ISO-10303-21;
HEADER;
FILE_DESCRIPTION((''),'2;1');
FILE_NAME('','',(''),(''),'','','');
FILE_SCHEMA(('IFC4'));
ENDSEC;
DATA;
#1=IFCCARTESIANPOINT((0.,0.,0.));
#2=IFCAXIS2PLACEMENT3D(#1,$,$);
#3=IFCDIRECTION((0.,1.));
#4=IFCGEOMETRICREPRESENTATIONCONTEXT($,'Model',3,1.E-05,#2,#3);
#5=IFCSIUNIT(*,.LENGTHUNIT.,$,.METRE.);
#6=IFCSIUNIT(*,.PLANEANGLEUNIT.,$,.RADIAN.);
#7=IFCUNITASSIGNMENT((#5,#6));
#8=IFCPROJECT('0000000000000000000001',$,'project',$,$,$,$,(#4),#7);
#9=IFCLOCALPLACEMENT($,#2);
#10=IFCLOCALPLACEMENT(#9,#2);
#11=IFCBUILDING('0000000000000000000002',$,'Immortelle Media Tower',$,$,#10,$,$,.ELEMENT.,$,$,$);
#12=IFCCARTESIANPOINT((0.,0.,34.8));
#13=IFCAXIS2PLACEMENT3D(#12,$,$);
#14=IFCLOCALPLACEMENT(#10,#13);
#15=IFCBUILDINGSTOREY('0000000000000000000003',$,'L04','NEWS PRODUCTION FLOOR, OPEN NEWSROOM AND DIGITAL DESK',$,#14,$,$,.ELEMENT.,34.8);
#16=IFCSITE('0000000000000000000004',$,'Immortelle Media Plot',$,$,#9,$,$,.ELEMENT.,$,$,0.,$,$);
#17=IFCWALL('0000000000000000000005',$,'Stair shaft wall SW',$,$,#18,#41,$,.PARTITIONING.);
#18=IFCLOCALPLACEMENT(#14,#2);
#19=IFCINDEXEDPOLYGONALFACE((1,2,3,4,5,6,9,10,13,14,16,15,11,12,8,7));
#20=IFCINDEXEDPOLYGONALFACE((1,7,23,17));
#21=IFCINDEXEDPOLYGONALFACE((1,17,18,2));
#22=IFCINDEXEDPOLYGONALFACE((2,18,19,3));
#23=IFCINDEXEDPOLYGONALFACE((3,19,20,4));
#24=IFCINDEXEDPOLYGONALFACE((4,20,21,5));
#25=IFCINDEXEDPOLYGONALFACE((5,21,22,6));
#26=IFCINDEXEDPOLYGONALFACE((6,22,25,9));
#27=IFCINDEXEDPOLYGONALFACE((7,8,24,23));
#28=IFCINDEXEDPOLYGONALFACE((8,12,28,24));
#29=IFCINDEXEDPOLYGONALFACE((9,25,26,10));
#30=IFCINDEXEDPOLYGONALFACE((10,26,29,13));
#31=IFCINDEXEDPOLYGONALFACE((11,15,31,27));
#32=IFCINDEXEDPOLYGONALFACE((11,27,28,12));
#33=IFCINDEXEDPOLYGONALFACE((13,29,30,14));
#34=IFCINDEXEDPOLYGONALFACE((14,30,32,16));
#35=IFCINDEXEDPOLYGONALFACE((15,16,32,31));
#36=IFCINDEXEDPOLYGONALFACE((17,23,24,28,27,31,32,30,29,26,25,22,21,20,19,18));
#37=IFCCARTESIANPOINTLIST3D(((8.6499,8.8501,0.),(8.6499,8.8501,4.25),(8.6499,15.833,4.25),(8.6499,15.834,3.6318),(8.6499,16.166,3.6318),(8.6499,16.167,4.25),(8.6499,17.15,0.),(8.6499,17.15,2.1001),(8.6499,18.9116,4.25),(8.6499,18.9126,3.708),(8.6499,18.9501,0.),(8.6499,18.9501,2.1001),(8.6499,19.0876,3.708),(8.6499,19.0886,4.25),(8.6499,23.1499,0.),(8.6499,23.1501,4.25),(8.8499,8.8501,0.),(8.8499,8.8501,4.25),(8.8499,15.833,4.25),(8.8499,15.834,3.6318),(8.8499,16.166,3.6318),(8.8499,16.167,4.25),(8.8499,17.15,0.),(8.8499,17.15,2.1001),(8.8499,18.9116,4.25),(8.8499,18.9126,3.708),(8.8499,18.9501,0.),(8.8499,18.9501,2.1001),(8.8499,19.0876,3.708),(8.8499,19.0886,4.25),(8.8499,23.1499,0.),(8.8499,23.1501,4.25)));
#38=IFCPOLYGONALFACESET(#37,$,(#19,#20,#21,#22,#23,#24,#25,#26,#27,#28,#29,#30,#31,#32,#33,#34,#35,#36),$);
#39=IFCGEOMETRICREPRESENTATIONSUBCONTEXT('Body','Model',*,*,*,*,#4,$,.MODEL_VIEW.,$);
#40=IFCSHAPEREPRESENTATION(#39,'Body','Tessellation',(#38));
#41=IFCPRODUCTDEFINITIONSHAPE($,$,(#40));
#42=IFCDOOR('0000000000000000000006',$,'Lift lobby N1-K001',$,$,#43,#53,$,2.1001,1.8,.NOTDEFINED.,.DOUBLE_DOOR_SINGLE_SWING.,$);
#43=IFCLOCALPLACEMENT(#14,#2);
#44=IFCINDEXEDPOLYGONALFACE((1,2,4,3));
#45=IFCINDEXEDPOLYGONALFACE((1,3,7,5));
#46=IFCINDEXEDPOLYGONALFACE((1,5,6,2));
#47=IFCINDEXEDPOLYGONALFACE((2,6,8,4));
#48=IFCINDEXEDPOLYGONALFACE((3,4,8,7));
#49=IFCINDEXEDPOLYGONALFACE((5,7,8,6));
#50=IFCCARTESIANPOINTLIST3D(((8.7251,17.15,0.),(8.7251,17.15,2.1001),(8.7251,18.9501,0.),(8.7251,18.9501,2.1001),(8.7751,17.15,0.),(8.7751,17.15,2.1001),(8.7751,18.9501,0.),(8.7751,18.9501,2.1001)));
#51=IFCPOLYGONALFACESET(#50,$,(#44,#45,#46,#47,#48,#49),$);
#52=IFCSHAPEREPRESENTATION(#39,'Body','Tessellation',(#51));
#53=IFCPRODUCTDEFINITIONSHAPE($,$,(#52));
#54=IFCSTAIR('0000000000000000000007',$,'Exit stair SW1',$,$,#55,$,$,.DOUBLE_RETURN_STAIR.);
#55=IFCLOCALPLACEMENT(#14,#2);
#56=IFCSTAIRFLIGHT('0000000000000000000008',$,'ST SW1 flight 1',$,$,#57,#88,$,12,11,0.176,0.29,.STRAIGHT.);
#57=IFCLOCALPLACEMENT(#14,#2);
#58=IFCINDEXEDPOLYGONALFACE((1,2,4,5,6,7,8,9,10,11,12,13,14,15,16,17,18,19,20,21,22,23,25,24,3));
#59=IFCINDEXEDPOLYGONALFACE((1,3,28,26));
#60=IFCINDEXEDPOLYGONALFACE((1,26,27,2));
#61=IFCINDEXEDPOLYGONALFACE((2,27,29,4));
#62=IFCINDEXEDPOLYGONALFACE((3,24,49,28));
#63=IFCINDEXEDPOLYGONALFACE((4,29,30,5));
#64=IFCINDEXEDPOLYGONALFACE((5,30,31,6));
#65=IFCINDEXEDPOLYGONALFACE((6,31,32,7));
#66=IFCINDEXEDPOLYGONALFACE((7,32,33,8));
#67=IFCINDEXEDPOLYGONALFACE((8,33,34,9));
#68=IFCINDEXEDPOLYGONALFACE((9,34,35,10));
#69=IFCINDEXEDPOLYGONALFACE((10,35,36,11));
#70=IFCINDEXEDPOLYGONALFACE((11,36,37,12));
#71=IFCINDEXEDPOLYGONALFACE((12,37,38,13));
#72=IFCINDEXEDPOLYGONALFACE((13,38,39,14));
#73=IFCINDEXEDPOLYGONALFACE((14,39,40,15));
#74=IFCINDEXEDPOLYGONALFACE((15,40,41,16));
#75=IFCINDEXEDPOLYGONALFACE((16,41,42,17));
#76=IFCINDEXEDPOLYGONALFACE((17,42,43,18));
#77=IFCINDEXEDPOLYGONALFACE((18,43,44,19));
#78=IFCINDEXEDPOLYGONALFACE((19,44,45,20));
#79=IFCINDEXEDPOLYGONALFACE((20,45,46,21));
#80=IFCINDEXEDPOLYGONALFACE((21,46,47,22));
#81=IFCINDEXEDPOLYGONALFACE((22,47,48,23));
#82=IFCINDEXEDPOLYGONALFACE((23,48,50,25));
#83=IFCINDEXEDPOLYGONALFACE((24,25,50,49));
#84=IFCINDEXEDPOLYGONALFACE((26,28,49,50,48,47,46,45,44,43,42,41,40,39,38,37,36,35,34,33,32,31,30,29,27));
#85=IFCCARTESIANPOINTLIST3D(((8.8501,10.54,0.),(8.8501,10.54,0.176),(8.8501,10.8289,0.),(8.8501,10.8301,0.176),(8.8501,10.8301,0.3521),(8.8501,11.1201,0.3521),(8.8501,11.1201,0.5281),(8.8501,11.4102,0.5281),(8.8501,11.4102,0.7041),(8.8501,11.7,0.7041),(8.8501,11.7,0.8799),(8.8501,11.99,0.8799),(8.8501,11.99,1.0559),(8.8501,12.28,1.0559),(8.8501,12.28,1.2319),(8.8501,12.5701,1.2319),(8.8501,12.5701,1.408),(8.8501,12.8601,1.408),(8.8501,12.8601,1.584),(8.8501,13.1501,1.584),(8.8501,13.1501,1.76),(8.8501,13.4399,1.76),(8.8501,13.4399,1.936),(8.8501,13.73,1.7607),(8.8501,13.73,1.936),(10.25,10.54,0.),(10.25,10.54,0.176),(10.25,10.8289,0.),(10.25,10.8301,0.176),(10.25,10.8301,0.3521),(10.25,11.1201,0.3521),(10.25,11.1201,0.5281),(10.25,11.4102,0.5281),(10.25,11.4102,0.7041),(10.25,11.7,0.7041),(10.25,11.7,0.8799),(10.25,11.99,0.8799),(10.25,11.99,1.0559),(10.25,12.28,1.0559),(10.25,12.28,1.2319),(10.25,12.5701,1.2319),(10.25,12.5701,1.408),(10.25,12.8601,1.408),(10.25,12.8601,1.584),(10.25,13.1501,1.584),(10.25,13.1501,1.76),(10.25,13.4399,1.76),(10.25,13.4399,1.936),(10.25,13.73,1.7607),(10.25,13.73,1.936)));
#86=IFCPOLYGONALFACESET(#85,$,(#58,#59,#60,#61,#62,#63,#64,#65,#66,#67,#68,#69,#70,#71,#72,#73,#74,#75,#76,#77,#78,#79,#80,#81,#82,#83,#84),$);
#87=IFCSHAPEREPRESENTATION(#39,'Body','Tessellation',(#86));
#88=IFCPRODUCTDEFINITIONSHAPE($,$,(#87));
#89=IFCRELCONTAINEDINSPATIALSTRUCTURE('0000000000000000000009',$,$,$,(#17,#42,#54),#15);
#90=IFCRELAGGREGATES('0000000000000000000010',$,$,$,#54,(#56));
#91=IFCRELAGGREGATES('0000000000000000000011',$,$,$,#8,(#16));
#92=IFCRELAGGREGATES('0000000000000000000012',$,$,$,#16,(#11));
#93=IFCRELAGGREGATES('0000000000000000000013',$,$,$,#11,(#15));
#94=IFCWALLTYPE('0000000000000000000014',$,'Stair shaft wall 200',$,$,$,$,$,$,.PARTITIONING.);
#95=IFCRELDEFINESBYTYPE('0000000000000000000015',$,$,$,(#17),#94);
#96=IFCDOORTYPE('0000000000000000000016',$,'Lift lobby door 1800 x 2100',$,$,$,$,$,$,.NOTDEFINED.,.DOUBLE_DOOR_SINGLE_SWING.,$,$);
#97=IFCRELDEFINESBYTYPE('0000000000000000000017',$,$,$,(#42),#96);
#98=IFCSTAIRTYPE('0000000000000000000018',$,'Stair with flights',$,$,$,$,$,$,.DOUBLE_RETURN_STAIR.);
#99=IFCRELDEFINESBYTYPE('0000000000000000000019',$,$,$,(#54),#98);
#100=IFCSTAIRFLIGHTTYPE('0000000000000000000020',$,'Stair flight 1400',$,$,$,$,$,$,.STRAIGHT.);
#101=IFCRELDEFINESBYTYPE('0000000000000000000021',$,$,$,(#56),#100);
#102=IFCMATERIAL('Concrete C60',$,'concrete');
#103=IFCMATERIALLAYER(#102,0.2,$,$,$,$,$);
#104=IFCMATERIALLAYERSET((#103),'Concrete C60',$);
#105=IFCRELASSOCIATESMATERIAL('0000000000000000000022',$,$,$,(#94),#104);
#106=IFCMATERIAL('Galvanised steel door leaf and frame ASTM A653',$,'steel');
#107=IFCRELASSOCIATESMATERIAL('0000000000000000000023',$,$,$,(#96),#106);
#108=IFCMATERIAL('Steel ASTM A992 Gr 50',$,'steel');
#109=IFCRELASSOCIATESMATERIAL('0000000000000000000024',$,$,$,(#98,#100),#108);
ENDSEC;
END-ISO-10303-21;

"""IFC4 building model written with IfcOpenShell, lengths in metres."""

from ifc_helpers import new_model, si_unit, direction, frame, frame_2d, origin, place, context, subcontext, project, spatial, polyline, rectangle, outline, extrude, material, layer, layer_set, type_object, element, fill, aggregate, save


model = new_model("IFC4")

# Units and contexts
model_context = context("Model", 3, precision=1e-05, world=origin(), true_north=direction((0.0, 1.0)))
body_context = subcontext(model_context, "Body", "Model", "MODEL_VIEW")
ifc_project = project(units=[si_unit("LENGTHUNIT", "METRE"), si_unit("PLANEANGLEUNIT", "RADIAN")], contexts=[model_context])

# Site, building, storey
site_placement = place(None, origin())
site = spatial("IfcSite", under=ifc_project, at=site_placement, Name="Immortelle Media Plot", CompositionType="ELEMENT", RefElevation=0.0)
building_placement = place(site_placement, origin())
building = spatial("IfcBuilding", under=site, at=building_placement, Name="Immortelle Media Tower", CompositionType="ELEMENT")
storey_placement = place(building_placement, frame((0.0, 0.0, 34.8)))
storey = spatial("IfcBuildingStorey", under=building, at=storey_placement, Name="L04", Description="NEWS PRODUCTION FLOOR, OPEN NEWSROOM AND DIGITAL DESK", CompositionType="ELEMENT", Elevation=34.8)

# Shared definitions
ifc_material_1 = material(Name="Steel ASTM A992 Gr 50", Category="steel")

# Shared definitions
ifc_material_2 = material(Name="Concrete C60", Category="concrete")
ifc_layer_1 = layer(ifc_material_2, 0.2)
ifc_layer_set_1 = layer_set([ifc_layer_1], Name="Concrete C60")
wall_type_1 = type_object("IfcWallType", Name="Stair shaft wall 200", PredefinedType="PARTITIONING", material=ifc_layer_set_1)
ifc_material_3 = material(Name="Galvanised steel door leaf and frame ASTM A653", Category="steel")

# Wall, opening, door
wall_1_placement = place(storey_placement, frame((8.75, 8.8501, 0.0), z_axis=(0.0, 0.0, 1.0), x_axis=(0.0, 1.0, 0.0)))
wall_1 = element("IfcWall", 1, at=wall_1_placement, inside=storey, type_object=wall_type_1, Name="Stair shaft wall SW", PredefinedType="PARTITIONING", context=body_context, shape_type="SweptSolid", body=[
    extrude(outline(polyline([(0.0, 0.0), (14.2998, 0.0), (14.3, 4.25), (10.2385, 4.25), (10.2375, 3.708), (10.0625, 3.708), (10.0615, 4.25), (7.3169, 4.25), (7.3159, 3.6318), (6.9839, 3.6318), (6.9829, 4.25), (0.0, 4.25), (0.0, 0.0)])), frame((0.0, 0.1001, 0.0), z_axis=(0.0, -1.0, 0.0), x_axis=(1.0, 0.0, 0.0)), (0.0, 0.0, 1.0), 0.2),
])
opening_1_placement = place(wall_1_placement, frame((8.3, 0.0, 0.0)))
opening_1 = element("IfcOpeningElement", 2, at=opening_1_placement, cuts=wall_1, PredefinedType="OPENING", context=body_context, shape_type="SweptSolid", body=[
    extrude(rectangle(XDim=1.8, YDim=2.1001, at=frame_2d((0.8999, 1.05))), frame((0.0, 0.1099, 0.0), z_axis=(0.0, -1.0, 0.0), x_axis=(1.0, 0.0, 0.0)), (0.0, 0.0, 1.0), 0.22),
])
door_type_1 = type_object("IfcDoorType", Name="Lift lobby door 1800 x 2100", OperationType="DOUBLE_DOOR_SINGLE_SWING", PredefinedType="NOTDEFINED", material=ifc_material_3)
door_1_placement = place(opening_1_placement, origin())
door_1 = element("IfcDoor", 3, at=door_1_placement, inside=storey, type_object=door_type_1, Name="Lift lobby N1-K001", OperationType="DOUBLE_DOOR_SINGLE_SWING", OverallHeight=2.1001, OverallWidth=1.8, PredefinedType="NOTDEFINED", context=body_context, shape_type="SweptSolid", body=[
    extrude(rectangle(XDim=1.8, YDim=2.1001, at=frame_2d((0.8999, 1.05))), frame((0.0, 0.0249, 0.0), z_axis=(0.0, -1.0, 0.0), x_axis=(1.0, 0.0, 0.0)), (0.0, 0.0, 1.0), 0.05),
])
fill(opening_1, door_1)

# Stair, stair flight
stair_type = type_object("IfcStairType", Name="Stair with flights", PredefinedType="DOUBLE_RETURN_STAIR", material=ifc_material_1)
stair_placement = place(storey_placement, origin())
stair = element("IfcStair", 4, at=stair_placement, inside=storey, type_object=stair_type, Name="Exit stair SW1", PredefinedType="DOUBLE_RETURN_STAIR")
stair_flight_type = type_object("IfcStairFlightType", Name="Stair flight 1400", PredefinedType="STRAIGHT", material=ifc_material_1)
stair_flight_placement = place(storey_placement, frame((9.55, 10.54, 0.0), z_axis=(0.0, 0.0, 1.0), x_axis=(0.0, 1.0, 0.0)))
stair_flight = element("IfcStairFlight", 5, at=stair_flight_placement, type_object=stair_flight_type, Name="ST SW1 flight 1", NumberOfRisers=12, NumberOfTreads=11, PredefinedType="STRAIGHT", RiserHeight=0.176, TreadLength=0.29, context=body_context, shape_type="SweptSolid", body=[
    extrude(outline(polyline([(0.0, 0.0), (0.0, 0.176), (0.29, 0.176), (0.29, 0.3521), (0.5801, 0.3521), (0.5801, 0.5281), (0.8701, 0.5281), (0.8701, 0.7041), (1.1599, 0.7041), (1.1599, 0.8799), (1.45, 0.8799), (1.45, 1.0559), (1.74, 1.0559), (1.74, 1.2319), (2.03, 1.2319), (2.03, 1.408), (2.3201, 1.408), (2.3201, 1.584), (2.6101, 1.584), (2.6101, 1.76), (2.8999, 1.76), (2.8999, 1.936), (3.1899, 1.936), (3.1899, 2.1121), (3.1899, 1.7607), (0.2888, 0.0), (0.0, 0.0)])), frame((0.0, 0.7, 0.0), z_axis=(0.0, -1.0, 0.0), x_axis=(1.0, 0.0, 0.0)), (0.0, 0.0, 1.0), 1.3999),
])
aggregate(stair, [stair_flight])

save(model, "model.ifc")
